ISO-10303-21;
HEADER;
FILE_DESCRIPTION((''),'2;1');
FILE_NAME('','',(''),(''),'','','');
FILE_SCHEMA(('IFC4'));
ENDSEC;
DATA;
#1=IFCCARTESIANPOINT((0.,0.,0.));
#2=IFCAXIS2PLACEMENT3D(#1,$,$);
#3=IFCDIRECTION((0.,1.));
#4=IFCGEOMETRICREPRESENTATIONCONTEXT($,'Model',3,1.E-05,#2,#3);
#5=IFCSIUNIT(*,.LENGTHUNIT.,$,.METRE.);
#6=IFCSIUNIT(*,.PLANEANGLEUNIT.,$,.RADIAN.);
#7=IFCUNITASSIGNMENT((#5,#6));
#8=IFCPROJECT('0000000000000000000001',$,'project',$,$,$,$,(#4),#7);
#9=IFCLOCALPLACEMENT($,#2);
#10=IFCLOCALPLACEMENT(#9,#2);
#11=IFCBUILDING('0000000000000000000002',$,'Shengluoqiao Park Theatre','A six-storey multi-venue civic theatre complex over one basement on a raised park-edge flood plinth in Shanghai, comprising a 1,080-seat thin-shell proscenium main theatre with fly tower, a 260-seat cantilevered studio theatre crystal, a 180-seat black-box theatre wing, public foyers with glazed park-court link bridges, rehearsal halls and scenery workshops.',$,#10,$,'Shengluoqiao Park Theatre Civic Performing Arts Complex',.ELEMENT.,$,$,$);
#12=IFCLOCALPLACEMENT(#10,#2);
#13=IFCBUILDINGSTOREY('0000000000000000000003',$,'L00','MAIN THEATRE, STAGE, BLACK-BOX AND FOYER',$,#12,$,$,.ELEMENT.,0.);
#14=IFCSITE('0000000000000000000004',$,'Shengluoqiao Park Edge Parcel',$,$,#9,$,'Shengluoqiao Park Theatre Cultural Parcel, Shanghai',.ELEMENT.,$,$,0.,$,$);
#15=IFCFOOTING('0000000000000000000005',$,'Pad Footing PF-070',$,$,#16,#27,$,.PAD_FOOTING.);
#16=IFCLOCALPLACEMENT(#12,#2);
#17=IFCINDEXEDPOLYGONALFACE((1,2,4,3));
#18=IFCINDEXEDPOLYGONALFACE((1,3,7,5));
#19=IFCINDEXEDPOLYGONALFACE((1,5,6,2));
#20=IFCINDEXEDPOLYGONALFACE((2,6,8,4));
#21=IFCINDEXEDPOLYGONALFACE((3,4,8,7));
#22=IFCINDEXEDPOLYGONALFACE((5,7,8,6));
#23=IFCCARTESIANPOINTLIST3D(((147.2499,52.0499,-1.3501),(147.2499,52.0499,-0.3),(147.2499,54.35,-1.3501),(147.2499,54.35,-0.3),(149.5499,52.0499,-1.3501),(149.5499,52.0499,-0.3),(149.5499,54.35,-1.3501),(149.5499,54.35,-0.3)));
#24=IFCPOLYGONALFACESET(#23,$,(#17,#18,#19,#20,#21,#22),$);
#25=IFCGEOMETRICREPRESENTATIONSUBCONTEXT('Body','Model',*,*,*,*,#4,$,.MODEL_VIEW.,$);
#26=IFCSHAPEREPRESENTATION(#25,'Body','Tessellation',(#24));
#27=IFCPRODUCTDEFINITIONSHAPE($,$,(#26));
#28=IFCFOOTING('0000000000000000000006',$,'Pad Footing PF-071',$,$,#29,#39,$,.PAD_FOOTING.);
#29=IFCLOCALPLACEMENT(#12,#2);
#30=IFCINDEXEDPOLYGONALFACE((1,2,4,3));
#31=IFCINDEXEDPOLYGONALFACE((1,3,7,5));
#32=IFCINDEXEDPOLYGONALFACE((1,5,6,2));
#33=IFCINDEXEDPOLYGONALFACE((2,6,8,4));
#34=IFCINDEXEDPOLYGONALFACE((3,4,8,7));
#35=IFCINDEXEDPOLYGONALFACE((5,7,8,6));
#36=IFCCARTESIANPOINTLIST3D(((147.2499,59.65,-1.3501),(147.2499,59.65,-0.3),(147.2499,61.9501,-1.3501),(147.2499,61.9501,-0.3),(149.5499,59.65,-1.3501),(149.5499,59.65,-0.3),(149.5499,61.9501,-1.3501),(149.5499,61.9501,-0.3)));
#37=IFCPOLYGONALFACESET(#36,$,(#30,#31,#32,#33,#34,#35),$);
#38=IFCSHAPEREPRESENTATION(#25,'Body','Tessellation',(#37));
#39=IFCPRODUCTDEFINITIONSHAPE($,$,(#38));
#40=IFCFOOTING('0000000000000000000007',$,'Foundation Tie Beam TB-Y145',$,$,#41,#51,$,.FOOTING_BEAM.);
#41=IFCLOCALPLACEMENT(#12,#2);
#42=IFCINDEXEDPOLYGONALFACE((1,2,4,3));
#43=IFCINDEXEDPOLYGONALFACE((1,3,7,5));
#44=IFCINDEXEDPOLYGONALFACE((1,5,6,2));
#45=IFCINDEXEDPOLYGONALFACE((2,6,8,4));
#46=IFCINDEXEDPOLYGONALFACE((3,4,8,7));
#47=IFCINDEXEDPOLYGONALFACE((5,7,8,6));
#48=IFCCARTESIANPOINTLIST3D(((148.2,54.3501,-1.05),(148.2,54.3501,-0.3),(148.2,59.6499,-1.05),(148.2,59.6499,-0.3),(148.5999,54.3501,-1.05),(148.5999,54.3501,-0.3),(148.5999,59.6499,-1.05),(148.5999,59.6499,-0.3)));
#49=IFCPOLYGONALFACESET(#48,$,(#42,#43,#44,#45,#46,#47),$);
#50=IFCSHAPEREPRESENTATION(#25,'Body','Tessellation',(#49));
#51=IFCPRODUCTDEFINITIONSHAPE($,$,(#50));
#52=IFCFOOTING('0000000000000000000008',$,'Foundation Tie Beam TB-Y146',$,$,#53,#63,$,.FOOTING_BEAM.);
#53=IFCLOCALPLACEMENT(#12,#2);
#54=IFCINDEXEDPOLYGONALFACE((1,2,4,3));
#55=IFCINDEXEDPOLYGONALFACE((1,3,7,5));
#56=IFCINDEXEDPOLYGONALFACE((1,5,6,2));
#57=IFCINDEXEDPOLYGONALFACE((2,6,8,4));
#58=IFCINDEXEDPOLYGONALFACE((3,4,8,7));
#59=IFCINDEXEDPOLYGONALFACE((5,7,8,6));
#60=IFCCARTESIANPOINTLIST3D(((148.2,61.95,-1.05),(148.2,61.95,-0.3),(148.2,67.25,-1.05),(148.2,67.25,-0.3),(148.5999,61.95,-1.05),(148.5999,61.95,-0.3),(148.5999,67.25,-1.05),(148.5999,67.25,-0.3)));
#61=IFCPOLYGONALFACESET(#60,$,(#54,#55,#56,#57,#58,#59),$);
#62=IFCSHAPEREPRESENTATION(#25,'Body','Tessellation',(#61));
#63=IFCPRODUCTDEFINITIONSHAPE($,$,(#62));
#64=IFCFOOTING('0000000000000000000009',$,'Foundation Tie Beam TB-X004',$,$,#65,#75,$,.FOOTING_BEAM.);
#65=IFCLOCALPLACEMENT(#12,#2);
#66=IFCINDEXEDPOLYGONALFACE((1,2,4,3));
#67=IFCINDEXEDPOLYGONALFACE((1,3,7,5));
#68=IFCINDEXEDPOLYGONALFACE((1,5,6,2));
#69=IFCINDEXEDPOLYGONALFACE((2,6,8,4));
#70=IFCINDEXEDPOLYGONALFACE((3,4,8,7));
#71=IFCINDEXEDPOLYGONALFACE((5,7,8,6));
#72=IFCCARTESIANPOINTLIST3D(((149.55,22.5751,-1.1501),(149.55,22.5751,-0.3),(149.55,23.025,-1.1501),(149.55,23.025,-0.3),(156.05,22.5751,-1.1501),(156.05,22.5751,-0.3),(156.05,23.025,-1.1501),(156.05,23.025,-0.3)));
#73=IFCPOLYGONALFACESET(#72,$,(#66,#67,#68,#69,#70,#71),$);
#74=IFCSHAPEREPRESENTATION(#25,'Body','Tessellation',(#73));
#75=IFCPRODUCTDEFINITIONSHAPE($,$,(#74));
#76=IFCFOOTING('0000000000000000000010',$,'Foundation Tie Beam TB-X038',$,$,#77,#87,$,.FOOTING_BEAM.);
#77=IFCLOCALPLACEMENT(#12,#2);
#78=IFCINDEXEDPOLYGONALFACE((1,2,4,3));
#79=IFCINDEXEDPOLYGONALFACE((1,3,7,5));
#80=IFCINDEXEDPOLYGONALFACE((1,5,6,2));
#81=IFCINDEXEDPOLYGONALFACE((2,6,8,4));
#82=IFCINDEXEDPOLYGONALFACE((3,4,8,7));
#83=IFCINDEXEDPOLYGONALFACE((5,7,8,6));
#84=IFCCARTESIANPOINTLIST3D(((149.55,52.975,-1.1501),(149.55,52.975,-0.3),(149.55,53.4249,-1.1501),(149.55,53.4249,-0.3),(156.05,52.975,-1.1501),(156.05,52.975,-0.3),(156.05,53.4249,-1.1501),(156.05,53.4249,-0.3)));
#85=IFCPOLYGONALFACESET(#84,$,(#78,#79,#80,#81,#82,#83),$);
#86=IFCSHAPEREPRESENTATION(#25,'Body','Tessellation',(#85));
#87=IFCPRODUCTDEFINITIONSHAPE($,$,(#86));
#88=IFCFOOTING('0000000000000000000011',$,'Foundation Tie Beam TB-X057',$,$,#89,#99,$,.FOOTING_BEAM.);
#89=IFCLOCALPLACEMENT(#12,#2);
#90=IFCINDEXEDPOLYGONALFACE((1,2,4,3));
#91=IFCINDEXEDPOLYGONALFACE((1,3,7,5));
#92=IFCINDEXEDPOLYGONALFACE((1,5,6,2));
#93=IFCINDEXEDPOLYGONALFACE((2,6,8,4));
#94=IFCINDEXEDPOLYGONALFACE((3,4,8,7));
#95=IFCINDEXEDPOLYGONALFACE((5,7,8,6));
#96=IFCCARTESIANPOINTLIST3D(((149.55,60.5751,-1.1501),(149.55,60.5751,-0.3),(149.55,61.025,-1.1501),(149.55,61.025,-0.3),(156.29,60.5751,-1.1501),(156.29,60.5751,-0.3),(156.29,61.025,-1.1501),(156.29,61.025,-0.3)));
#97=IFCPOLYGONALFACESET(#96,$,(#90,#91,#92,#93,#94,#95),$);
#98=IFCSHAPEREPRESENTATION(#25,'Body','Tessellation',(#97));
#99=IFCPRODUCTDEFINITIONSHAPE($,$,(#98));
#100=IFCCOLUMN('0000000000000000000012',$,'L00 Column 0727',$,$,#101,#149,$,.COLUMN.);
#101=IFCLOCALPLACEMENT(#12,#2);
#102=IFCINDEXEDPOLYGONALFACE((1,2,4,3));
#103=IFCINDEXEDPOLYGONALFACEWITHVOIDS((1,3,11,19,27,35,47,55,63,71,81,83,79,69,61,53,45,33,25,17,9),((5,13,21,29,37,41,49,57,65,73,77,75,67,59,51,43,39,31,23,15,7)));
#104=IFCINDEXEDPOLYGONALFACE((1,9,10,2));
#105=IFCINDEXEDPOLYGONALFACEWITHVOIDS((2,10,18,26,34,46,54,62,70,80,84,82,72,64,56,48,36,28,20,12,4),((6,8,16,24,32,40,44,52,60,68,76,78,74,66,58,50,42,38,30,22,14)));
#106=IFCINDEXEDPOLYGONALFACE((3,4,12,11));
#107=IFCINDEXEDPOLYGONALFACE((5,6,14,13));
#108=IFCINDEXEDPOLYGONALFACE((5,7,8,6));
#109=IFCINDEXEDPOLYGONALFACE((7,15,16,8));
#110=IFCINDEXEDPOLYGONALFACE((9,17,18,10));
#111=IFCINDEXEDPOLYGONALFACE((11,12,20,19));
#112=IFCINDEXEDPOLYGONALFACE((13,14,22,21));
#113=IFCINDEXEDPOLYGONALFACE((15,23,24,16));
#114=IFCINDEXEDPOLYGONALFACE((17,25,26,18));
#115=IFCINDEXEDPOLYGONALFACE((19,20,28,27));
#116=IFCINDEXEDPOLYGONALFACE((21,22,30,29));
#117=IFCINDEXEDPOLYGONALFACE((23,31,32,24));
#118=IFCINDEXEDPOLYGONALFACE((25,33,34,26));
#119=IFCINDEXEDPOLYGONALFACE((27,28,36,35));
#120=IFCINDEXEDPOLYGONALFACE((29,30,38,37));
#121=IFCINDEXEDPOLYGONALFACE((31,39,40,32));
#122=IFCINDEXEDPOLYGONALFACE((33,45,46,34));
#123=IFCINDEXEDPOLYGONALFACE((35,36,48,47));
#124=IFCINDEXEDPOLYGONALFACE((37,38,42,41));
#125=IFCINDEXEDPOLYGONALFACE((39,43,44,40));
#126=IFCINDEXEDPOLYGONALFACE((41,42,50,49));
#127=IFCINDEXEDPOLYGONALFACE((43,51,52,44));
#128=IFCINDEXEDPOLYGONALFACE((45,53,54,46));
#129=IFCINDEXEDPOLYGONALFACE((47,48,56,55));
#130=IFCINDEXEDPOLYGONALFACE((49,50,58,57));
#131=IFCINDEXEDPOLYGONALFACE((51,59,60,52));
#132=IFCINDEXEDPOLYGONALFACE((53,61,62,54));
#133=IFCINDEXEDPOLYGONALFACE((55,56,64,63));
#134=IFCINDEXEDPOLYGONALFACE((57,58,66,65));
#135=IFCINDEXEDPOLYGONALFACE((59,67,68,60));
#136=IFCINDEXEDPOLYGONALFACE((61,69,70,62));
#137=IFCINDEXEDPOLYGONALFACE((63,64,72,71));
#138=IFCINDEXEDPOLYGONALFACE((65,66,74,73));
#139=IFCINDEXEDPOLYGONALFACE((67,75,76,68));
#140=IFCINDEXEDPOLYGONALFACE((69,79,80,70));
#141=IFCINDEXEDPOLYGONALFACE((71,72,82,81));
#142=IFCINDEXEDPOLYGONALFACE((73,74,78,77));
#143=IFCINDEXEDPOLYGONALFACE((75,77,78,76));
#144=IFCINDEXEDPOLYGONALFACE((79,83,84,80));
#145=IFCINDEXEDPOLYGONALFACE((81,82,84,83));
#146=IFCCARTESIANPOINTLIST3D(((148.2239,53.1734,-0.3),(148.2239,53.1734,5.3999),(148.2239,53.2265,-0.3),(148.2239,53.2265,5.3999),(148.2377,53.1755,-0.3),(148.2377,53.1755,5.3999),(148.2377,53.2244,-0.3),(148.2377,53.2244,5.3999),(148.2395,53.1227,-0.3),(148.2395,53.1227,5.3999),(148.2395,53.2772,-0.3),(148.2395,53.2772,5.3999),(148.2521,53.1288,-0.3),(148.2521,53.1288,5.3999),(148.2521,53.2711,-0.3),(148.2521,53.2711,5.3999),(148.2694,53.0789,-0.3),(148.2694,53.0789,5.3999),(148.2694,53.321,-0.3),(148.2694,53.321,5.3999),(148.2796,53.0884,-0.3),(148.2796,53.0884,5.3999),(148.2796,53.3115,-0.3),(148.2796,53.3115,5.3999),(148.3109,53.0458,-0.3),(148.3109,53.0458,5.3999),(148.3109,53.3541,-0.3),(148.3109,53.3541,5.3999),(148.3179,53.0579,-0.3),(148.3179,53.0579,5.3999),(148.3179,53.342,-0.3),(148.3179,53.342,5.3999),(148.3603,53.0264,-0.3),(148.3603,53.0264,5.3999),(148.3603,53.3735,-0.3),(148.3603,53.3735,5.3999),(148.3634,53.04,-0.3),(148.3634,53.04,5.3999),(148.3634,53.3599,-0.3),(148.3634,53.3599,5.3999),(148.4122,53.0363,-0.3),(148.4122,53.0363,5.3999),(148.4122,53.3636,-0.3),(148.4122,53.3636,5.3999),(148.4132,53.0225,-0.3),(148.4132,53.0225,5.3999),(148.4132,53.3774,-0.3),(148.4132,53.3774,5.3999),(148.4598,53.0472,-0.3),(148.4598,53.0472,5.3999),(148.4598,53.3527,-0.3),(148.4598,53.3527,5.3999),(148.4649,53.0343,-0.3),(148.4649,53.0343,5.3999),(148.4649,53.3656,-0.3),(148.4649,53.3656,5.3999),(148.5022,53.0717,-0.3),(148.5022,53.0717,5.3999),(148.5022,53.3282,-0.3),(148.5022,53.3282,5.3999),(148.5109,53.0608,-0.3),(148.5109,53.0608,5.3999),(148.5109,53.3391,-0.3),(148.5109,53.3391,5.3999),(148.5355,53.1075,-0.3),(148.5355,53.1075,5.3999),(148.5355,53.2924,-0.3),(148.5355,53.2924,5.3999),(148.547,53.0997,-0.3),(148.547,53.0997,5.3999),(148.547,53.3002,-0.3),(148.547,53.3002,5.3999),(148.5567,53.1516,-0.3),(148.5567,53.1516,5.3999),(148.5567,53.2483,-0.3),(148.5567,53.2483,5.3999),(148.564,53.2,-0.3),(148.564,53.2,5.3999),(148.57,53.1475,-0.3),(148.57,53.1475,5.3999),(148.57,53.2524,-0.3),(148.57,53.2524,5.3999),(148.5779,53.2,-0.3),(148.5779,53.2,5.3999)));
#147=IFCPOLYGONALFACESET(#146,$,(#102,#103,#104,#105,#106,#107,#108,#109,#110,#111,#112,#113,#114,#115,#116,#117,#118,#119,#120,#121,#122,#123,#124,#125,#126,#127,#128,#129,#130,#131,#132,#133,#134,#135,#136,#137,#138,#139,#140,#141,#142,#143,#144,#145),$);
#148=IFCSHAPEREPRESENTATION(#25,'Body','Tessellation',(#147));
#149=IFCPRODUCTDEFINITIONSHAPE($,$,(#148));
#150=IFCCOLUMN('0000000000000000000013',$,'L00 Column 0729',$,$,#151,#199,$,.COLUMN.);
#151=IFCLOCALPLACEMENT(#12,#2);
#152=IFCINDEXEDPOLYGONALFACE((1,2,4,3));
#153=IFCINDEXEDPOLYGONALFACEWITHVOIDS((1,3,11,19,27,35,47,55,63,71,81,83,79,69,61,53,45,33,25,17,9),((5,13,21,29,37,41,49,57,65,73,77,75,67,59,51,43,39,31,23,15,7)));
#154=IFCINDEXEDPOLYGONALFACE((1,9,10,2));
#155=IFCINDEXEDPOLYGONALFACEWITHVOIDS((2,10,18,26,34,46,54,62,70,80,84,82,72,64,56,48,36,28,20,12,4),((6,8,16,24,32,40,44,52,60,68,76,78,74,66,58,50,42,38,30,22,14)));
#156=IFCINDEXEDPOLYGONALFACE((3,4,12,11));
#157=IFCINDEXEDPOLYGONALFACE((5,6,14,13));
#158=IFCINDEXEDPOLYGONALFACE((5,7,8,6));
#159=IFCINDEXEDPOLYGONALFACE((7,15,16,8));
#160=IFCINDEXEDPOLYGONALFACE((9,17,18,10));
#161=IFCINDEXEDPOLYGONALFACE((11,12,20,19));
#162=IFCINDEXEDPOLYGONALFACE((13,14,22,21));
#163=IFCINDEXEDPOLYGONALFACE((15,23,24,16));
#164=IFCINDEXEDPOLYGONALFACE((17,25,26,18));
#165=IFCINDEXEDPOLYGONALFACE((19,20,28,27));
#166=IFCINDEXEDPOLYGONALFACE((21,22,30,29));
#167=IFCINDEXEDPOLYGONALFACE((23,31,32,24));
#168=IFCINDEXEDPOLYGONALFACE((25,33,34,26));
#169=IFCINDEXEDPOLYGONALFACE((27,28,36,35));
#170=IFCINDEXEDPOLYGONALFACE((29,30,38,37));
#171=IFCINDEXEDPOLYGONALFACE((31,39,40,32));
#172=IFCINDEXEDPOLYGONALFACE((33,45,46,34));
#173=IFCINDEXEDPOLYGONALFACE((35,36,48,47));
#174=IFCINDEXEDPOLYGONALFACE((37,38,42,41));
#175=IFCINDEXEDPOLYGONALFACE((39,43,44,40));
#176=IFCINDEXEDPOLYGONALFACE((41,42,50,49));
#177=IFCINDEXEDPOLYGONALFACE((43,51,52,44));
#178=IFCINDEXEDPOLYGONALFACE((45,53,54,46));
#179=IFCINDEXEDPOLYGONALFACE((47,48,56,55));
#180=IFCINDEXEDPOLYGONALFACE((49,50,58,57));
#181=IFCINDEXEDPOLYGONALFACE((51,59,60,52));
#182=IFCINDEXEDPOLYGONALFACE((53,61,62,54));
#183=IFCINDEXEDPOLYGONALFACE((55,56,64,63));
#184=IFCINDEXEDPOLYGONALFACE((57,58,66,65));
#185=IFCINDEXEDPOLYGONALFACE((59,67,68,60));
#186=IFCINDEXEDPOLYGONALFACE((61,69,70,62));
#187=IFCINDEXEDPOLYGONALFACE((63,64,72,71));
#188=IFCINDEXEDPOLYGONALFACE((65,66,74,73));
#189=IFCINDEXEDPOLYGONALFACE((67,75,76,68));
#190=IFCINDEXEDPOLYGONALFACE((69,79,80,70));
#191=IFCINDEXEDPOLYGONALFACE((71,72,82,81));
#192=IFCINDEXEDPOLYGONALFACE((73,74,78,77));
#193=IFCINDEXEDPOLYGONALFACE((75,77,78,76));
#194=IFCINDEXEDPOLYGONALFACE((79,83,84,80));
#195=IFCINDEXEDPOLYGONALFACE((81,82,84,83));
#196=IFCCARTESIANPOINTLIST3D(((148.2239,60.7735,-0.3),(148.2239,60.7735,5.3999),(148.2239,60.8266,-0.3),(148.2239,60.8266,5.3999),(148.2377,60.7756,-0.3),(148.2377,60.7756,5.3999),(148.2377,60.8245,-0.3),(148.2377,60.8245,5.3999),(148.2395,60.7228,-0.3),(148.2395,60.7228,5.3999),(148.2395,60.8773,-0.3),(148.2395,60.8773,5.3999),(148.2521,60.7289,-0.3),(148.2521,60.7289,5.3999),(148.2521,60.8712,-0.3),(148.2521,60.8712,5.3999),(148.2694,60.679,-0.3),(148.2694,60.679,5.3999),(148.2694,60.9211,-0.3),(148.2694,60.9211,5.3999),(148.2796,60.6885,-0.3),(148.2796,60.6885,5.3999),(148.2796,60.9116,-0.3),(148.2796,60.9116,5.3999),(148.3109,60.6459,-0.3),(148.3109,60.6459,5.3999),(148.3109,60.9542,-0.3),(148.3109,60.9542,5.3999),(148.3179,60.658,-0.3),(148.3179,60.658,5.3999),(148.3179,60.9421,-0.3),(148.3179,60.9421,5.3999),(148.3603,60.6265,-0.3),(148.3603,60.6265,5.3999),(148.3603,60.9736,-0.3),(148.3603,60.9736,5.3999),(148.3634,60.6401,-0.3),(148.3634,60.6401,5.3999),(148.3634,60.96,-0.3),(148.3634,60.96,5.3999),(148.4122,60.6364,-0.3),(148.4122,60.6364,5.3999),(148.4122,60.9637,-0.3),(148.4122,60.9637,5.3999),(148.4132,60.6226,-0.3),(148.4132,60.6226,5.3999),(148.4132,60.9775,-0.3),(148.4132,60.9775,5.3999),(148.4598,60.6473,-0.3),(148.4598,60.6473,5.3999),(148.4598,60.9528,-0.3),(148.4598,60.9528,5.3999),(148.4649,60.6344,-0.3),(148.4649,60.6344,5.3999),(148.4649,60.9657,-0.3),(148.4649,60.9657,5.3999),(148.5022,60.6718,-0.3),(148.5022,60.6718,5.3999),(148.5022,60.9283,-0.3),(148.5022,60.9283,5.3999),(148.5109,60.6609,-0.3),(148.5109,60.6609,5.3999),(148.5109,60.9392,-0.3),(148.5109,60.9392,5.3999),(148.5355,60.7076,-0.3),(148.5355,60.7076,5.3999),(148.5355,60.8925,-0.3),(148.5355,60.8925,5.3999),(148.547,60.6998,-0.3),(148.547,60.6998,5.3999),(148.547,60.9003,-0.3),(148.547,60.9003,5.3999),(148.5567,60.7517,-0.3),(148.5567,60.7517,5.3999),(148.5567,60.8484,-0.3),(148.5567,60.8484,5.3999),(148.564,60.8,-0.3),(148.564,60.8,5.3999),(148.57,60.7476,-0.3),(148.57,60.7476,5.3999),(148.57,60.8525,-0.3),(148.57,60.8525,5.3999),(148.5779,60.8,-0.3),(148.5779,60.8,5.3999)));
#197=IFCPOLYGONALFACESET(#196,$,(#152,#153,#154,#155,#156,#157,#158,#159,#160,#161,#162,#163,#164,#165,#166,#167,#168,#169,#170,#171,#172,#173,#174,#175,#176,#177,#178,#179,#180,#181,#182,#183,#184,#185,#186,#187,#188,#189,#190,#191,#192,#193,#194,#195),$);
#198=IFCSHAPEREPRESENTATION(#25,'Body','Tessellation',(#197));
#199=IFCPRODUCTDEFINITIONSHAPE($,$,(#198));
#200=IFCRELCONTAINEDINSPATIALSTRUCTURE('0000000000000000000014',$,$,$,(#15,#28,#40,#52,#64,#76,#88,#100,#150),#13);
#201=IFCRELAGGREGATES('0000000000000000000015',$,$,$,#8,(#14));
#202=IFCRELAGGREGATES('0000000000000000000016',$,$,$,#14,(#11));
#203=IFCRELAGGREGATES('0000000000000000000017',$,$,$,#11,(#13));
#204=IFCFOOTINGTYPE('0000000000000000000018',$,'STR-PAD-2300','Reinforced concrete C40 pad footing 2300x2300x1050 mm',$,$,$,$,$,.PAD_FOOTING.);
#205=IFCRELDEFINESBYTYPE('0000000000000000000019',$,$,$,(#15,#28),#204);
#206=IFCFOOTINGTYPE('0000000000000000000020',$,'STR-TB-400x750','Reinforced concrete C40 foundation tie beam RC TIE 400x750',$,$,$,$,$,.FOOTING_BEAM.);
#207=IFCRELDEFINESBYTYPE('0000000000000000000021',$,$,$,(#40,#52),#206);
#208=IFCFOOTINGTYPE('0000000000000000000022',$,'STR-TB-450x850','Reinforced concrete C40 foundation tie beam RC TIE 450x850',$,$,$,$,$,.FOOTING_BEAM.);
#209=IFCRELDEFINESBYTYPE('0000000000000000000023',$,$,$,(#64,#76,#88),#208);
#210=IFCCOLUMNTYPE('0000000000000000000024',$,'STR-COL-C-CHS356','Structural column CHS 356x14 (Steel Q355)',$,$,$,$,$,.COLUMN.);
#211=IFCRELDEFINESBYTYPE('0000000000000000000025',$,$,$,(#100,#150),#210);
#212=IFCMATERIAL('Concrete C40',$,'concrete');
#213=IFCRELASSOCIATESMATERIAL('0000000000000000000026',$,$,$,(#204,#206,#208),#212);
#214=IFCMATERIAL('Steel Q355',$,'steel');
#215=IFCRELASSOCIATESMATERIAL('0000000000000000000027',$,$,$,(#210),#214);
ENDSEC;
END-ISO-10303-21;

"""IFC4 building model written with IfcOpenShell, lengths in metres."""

from ifc_helpers import new_model, si_unit, direction, frame, origin, origin_2d, place, context, subcontext, project, spatial, rectangle, hollow_circle, extrude, material, material_profile, profile_set, type_object, element, save


model = new_model("IFC4")

# Units and contexts
model_context = context("Model", 3, precision=1e-05, world=origin(), true_north=direction((0.0, 1.0)))
body_context = subcontext(model_context, "Body", "Model", "MODEL_VIEW")
ifc_project = project(units=[si_unit("LENGTHUNIT", "METRE"), si_unit("PLANEANGLEUNIT", "RADIAN")], contexts=[model_context])

# Site, building, storey
site_placement = place(None, origin())
site = spatial("IfcSite", under=ifc_project, at=site_placement, Name="Shengluoqiao Park Edge Parcel", LongName="Shengluoqiao Park Theatre Cultural Parcel, Shanghai", CompositionType="ELEMENT", RefElevation=0.0)
building_placement = place(site_placement, origin())
building = spatial("IfcBuilding", under=site, at=building_placement, Name="Shengluoqiao Park Theatre", Description="A six-storey multi-venue civic theatre complex over one basement on a raised park-edge flood plinth in Shanghai, comprising a 1,080-seat thin-shell proscenium main theatre with fly tower, a 260-seat cantilevered studio theatre crystal, a 180-seat black-box theatre wing, public foyers with glazed park-court link bridges, rehearsal halls and scenery workshops.", LongName="Shengluoqiao Park Theatre Civic Performing Arts Complex", CompositionType="ELEMENT")
storey_placement = place(building_placement, origin())
storey = spatial("IfcBuildingStorey", under=building, at=storey_placement, Name="L00", Description="MAIN THEATRE, STAGE, BLACK-BOX AND FOYER", CompositionType="ELEMENT", Elevation=0.0)

# Footings
ifc_material_1 = material(Name="Concrete C40", Category="concrete")
footing_type_1 = type_object("IfcFootingType", Name="STR-PAD-2300", Description="Reinforced concrete C40 pad footing 2300x2300x1050 mm", PredefinedType="PAD_FOOTING", material=ifc_material_1)
for number, where, z_axis, x_axis, name in (
    (1, (148.3999, 53.2, -1.3501), (0.0, 0.0, 1.0), (1.0, 0.0, 0.0), "Pad Footing PF-070"),
    (2, (148.3999, 60.8, -1.3501), (0.0, 0.0, 1.0), (1.0, 0.0, 0.0), "Pad Footing PF-071"),
):
    element("IfcFooting", number, at=place(storey_placement, frame(where, z_axis=z_axis, x_axis=x_axis)), inside=storey, type_object=footing_type_1, Name=name, PredefinedType="PAD_FOOTING", context=body_context, shape_type="SweptSolid", body=[
        extrude(rectangle(XDim=2.3, YDim=2.3, at=origin_2d()), origin(), (0.0, 0.0, 1.0), 1.05),
    ])
ifc_material_profile_1 = material_profile(ifc_material_1, rectangle(XDim=0.3999, YDim=0.75, at=origin_2d()), Name="RC TIE 400x750")
ifc_profile_set_1 = profile_set([ifc_material_profile_1], Name="Concrete C40")
footing_type_2 = type_object("IfcFootingType", Name="STR-TB-400x750", Description="Reinforced concrete C40 foundation tie beam RC TIE 400x750", PredefinedType="FOOTING_BEAM", material=ifc_profile_set_1)
footing_1_placement = place(storey_placement, frame((148.3999, 54.3501, -0.675), z_axis=(0.0, 1.0, 0.0), x_axis=(-1.0, 0.0, 0.0)))
element("IfcFooting", 3, at=footing_1_placement, inside=storey, type_object=footing_type_2, Name="Foundation Tie Beam TB-Y145", PredefinedType="FOOTING_BEAM", context=body_context, shape_type="SweptSolid", body=[
    extrude(rectangle(XDim=0.3999, YDim=0.75, at=origin_2d()), origin(), (0.0, 0.0, 1.0), 5.2998),
])
footing_2_placement = place(storey_placement, frame((148.3999, 61.95, -0.675), z_axis=(0.0, 1.0, 0.0), x_axis=(-1.0, 0.0, 0.0)))
element("IfcFooting", 4, at=footing_2_placement, inside=storey, type_object=footing_type_2, Name="Foundation Tie Beam TB-Y146", PredefinedType="FOOTING_BEAM", context=body_context, shape_type="SweptSolid", body=[
    extrude(rectangle(XDim=0.3999, YDim=0.75, at=origin_2d()), origin(), (0.0, 0.0, 1.0), 5.3),
])
ifc_material_profile_2 = material_profile(ifc_material_1, rectangle(XDim=0.45, YDim=0.8501, at=origin_2d()), Name="RC TIE 450x850")
ifc_profile_set_2 = profile_set([ifc_material_profile_2], Name="Concrete C40")
footing_type_3 = type_object("IfcFootingType", Name="STR-TB-450x850", Description="Reinforced concrete C40 foundation tie beam RC TIE 450x850", PredefinedType="FOOTING_BEAM", material=ifc_profile_set_2)
for number, where, z_axis, x_axis, name in (
    (5, (149.55, 22.8, -0.7251), (1.0, 0.0, 0.0), (0.0, 1.0, 0.0), "Foundation Tie Beam TB-X004"),
    (6, (149.55, 53.2, -0.7251), (1.0, 0.0, 0.0), (0.0, 1.0, 0.0), "Foundation Tie Beam TB-X038"),
):
    element("IfcFooting", number, at=place(storey_placement, frame(where, z_axis=z_axis, x_axis=x_axis)), inside=storey, type_object=footing_type_3, Name=name, PredefinedType="FOOTING_BEAM", context=body_context, shape_type="SweptSolid", body=[
        extrude(rectangle(XDim=0.45, YDim=0.8501, at=origin_2d()), origin(), (0.0, 0.0, 1.0), 6.5),
    ])
footing_3_placement = place(storey_placement, frame((149.55, 60.8, -0.7251), z_axis=(1.0, 0.0, 0.0), x_axis=(0.0, 1.0, 0.0)))
element("IfcFooting", 7, at=footing_3_placement, inside=storey, type_object=footing_type_3, Name="Foundation Tie Beam TB-X057", PredefinedType="FOOTING_BEAM", context=body_context, shape_type="SweptSolid", body=[
    extrude(rectangle(XDim=0.45, YDim=0.8501, at=origin_2d()), origin(), (0.0, 0.0, 1.0), 6.74),
])

# Columns
ifc_material_2 = material(Name="Steel Q355", Category="steel")
ifc_material_profile_3 = material_profile(ifc_material_2, hollow_circle(Radius=0.178, WallThickness=0.0139, at=origin_2d()), Name="CHS 356x14")
ifc_profile_set_3 = profile_set([ifc_material_profile_3], Name="Steel Q355")
column_type = type_object("IfcColumnType", Name="STR-COL-C-CHS356", Description="Structural column CHS 356x14 (Steel Q355)", PredefinedType="COLUMN", material=ifc_profile_set_3)
for number, where, z_axis, x_axis, name in (
    (8, (148.3999, 53.2, -0.3), (0.0, 0.0, 1.0), (1.0, 0.0, 0.0), "L00 Column 0727"),
    (9, (148.3999, 60.8, -0.3), (0.0, 0.0, 1.0), (1.0, 0.0, 0.0), "L00 Column 0729"),
):
    element("IfcColumn", number, at=place(storey_placement, frame(where, z_axis=z_axis, x_axis=x_axis)), inside=storey, type_object=column_type, Name=name, PredefinedType="COLUMN", context=body_context, shape_type="SweptSolid", body=[
        extrude(hollow_circle(Radius=0.178, WallThickness=0.0139, at=origin_2d()), origin(), (0.0, 0.0, 1.0), 5.7),
    ])

save(model, "model.ifc")
